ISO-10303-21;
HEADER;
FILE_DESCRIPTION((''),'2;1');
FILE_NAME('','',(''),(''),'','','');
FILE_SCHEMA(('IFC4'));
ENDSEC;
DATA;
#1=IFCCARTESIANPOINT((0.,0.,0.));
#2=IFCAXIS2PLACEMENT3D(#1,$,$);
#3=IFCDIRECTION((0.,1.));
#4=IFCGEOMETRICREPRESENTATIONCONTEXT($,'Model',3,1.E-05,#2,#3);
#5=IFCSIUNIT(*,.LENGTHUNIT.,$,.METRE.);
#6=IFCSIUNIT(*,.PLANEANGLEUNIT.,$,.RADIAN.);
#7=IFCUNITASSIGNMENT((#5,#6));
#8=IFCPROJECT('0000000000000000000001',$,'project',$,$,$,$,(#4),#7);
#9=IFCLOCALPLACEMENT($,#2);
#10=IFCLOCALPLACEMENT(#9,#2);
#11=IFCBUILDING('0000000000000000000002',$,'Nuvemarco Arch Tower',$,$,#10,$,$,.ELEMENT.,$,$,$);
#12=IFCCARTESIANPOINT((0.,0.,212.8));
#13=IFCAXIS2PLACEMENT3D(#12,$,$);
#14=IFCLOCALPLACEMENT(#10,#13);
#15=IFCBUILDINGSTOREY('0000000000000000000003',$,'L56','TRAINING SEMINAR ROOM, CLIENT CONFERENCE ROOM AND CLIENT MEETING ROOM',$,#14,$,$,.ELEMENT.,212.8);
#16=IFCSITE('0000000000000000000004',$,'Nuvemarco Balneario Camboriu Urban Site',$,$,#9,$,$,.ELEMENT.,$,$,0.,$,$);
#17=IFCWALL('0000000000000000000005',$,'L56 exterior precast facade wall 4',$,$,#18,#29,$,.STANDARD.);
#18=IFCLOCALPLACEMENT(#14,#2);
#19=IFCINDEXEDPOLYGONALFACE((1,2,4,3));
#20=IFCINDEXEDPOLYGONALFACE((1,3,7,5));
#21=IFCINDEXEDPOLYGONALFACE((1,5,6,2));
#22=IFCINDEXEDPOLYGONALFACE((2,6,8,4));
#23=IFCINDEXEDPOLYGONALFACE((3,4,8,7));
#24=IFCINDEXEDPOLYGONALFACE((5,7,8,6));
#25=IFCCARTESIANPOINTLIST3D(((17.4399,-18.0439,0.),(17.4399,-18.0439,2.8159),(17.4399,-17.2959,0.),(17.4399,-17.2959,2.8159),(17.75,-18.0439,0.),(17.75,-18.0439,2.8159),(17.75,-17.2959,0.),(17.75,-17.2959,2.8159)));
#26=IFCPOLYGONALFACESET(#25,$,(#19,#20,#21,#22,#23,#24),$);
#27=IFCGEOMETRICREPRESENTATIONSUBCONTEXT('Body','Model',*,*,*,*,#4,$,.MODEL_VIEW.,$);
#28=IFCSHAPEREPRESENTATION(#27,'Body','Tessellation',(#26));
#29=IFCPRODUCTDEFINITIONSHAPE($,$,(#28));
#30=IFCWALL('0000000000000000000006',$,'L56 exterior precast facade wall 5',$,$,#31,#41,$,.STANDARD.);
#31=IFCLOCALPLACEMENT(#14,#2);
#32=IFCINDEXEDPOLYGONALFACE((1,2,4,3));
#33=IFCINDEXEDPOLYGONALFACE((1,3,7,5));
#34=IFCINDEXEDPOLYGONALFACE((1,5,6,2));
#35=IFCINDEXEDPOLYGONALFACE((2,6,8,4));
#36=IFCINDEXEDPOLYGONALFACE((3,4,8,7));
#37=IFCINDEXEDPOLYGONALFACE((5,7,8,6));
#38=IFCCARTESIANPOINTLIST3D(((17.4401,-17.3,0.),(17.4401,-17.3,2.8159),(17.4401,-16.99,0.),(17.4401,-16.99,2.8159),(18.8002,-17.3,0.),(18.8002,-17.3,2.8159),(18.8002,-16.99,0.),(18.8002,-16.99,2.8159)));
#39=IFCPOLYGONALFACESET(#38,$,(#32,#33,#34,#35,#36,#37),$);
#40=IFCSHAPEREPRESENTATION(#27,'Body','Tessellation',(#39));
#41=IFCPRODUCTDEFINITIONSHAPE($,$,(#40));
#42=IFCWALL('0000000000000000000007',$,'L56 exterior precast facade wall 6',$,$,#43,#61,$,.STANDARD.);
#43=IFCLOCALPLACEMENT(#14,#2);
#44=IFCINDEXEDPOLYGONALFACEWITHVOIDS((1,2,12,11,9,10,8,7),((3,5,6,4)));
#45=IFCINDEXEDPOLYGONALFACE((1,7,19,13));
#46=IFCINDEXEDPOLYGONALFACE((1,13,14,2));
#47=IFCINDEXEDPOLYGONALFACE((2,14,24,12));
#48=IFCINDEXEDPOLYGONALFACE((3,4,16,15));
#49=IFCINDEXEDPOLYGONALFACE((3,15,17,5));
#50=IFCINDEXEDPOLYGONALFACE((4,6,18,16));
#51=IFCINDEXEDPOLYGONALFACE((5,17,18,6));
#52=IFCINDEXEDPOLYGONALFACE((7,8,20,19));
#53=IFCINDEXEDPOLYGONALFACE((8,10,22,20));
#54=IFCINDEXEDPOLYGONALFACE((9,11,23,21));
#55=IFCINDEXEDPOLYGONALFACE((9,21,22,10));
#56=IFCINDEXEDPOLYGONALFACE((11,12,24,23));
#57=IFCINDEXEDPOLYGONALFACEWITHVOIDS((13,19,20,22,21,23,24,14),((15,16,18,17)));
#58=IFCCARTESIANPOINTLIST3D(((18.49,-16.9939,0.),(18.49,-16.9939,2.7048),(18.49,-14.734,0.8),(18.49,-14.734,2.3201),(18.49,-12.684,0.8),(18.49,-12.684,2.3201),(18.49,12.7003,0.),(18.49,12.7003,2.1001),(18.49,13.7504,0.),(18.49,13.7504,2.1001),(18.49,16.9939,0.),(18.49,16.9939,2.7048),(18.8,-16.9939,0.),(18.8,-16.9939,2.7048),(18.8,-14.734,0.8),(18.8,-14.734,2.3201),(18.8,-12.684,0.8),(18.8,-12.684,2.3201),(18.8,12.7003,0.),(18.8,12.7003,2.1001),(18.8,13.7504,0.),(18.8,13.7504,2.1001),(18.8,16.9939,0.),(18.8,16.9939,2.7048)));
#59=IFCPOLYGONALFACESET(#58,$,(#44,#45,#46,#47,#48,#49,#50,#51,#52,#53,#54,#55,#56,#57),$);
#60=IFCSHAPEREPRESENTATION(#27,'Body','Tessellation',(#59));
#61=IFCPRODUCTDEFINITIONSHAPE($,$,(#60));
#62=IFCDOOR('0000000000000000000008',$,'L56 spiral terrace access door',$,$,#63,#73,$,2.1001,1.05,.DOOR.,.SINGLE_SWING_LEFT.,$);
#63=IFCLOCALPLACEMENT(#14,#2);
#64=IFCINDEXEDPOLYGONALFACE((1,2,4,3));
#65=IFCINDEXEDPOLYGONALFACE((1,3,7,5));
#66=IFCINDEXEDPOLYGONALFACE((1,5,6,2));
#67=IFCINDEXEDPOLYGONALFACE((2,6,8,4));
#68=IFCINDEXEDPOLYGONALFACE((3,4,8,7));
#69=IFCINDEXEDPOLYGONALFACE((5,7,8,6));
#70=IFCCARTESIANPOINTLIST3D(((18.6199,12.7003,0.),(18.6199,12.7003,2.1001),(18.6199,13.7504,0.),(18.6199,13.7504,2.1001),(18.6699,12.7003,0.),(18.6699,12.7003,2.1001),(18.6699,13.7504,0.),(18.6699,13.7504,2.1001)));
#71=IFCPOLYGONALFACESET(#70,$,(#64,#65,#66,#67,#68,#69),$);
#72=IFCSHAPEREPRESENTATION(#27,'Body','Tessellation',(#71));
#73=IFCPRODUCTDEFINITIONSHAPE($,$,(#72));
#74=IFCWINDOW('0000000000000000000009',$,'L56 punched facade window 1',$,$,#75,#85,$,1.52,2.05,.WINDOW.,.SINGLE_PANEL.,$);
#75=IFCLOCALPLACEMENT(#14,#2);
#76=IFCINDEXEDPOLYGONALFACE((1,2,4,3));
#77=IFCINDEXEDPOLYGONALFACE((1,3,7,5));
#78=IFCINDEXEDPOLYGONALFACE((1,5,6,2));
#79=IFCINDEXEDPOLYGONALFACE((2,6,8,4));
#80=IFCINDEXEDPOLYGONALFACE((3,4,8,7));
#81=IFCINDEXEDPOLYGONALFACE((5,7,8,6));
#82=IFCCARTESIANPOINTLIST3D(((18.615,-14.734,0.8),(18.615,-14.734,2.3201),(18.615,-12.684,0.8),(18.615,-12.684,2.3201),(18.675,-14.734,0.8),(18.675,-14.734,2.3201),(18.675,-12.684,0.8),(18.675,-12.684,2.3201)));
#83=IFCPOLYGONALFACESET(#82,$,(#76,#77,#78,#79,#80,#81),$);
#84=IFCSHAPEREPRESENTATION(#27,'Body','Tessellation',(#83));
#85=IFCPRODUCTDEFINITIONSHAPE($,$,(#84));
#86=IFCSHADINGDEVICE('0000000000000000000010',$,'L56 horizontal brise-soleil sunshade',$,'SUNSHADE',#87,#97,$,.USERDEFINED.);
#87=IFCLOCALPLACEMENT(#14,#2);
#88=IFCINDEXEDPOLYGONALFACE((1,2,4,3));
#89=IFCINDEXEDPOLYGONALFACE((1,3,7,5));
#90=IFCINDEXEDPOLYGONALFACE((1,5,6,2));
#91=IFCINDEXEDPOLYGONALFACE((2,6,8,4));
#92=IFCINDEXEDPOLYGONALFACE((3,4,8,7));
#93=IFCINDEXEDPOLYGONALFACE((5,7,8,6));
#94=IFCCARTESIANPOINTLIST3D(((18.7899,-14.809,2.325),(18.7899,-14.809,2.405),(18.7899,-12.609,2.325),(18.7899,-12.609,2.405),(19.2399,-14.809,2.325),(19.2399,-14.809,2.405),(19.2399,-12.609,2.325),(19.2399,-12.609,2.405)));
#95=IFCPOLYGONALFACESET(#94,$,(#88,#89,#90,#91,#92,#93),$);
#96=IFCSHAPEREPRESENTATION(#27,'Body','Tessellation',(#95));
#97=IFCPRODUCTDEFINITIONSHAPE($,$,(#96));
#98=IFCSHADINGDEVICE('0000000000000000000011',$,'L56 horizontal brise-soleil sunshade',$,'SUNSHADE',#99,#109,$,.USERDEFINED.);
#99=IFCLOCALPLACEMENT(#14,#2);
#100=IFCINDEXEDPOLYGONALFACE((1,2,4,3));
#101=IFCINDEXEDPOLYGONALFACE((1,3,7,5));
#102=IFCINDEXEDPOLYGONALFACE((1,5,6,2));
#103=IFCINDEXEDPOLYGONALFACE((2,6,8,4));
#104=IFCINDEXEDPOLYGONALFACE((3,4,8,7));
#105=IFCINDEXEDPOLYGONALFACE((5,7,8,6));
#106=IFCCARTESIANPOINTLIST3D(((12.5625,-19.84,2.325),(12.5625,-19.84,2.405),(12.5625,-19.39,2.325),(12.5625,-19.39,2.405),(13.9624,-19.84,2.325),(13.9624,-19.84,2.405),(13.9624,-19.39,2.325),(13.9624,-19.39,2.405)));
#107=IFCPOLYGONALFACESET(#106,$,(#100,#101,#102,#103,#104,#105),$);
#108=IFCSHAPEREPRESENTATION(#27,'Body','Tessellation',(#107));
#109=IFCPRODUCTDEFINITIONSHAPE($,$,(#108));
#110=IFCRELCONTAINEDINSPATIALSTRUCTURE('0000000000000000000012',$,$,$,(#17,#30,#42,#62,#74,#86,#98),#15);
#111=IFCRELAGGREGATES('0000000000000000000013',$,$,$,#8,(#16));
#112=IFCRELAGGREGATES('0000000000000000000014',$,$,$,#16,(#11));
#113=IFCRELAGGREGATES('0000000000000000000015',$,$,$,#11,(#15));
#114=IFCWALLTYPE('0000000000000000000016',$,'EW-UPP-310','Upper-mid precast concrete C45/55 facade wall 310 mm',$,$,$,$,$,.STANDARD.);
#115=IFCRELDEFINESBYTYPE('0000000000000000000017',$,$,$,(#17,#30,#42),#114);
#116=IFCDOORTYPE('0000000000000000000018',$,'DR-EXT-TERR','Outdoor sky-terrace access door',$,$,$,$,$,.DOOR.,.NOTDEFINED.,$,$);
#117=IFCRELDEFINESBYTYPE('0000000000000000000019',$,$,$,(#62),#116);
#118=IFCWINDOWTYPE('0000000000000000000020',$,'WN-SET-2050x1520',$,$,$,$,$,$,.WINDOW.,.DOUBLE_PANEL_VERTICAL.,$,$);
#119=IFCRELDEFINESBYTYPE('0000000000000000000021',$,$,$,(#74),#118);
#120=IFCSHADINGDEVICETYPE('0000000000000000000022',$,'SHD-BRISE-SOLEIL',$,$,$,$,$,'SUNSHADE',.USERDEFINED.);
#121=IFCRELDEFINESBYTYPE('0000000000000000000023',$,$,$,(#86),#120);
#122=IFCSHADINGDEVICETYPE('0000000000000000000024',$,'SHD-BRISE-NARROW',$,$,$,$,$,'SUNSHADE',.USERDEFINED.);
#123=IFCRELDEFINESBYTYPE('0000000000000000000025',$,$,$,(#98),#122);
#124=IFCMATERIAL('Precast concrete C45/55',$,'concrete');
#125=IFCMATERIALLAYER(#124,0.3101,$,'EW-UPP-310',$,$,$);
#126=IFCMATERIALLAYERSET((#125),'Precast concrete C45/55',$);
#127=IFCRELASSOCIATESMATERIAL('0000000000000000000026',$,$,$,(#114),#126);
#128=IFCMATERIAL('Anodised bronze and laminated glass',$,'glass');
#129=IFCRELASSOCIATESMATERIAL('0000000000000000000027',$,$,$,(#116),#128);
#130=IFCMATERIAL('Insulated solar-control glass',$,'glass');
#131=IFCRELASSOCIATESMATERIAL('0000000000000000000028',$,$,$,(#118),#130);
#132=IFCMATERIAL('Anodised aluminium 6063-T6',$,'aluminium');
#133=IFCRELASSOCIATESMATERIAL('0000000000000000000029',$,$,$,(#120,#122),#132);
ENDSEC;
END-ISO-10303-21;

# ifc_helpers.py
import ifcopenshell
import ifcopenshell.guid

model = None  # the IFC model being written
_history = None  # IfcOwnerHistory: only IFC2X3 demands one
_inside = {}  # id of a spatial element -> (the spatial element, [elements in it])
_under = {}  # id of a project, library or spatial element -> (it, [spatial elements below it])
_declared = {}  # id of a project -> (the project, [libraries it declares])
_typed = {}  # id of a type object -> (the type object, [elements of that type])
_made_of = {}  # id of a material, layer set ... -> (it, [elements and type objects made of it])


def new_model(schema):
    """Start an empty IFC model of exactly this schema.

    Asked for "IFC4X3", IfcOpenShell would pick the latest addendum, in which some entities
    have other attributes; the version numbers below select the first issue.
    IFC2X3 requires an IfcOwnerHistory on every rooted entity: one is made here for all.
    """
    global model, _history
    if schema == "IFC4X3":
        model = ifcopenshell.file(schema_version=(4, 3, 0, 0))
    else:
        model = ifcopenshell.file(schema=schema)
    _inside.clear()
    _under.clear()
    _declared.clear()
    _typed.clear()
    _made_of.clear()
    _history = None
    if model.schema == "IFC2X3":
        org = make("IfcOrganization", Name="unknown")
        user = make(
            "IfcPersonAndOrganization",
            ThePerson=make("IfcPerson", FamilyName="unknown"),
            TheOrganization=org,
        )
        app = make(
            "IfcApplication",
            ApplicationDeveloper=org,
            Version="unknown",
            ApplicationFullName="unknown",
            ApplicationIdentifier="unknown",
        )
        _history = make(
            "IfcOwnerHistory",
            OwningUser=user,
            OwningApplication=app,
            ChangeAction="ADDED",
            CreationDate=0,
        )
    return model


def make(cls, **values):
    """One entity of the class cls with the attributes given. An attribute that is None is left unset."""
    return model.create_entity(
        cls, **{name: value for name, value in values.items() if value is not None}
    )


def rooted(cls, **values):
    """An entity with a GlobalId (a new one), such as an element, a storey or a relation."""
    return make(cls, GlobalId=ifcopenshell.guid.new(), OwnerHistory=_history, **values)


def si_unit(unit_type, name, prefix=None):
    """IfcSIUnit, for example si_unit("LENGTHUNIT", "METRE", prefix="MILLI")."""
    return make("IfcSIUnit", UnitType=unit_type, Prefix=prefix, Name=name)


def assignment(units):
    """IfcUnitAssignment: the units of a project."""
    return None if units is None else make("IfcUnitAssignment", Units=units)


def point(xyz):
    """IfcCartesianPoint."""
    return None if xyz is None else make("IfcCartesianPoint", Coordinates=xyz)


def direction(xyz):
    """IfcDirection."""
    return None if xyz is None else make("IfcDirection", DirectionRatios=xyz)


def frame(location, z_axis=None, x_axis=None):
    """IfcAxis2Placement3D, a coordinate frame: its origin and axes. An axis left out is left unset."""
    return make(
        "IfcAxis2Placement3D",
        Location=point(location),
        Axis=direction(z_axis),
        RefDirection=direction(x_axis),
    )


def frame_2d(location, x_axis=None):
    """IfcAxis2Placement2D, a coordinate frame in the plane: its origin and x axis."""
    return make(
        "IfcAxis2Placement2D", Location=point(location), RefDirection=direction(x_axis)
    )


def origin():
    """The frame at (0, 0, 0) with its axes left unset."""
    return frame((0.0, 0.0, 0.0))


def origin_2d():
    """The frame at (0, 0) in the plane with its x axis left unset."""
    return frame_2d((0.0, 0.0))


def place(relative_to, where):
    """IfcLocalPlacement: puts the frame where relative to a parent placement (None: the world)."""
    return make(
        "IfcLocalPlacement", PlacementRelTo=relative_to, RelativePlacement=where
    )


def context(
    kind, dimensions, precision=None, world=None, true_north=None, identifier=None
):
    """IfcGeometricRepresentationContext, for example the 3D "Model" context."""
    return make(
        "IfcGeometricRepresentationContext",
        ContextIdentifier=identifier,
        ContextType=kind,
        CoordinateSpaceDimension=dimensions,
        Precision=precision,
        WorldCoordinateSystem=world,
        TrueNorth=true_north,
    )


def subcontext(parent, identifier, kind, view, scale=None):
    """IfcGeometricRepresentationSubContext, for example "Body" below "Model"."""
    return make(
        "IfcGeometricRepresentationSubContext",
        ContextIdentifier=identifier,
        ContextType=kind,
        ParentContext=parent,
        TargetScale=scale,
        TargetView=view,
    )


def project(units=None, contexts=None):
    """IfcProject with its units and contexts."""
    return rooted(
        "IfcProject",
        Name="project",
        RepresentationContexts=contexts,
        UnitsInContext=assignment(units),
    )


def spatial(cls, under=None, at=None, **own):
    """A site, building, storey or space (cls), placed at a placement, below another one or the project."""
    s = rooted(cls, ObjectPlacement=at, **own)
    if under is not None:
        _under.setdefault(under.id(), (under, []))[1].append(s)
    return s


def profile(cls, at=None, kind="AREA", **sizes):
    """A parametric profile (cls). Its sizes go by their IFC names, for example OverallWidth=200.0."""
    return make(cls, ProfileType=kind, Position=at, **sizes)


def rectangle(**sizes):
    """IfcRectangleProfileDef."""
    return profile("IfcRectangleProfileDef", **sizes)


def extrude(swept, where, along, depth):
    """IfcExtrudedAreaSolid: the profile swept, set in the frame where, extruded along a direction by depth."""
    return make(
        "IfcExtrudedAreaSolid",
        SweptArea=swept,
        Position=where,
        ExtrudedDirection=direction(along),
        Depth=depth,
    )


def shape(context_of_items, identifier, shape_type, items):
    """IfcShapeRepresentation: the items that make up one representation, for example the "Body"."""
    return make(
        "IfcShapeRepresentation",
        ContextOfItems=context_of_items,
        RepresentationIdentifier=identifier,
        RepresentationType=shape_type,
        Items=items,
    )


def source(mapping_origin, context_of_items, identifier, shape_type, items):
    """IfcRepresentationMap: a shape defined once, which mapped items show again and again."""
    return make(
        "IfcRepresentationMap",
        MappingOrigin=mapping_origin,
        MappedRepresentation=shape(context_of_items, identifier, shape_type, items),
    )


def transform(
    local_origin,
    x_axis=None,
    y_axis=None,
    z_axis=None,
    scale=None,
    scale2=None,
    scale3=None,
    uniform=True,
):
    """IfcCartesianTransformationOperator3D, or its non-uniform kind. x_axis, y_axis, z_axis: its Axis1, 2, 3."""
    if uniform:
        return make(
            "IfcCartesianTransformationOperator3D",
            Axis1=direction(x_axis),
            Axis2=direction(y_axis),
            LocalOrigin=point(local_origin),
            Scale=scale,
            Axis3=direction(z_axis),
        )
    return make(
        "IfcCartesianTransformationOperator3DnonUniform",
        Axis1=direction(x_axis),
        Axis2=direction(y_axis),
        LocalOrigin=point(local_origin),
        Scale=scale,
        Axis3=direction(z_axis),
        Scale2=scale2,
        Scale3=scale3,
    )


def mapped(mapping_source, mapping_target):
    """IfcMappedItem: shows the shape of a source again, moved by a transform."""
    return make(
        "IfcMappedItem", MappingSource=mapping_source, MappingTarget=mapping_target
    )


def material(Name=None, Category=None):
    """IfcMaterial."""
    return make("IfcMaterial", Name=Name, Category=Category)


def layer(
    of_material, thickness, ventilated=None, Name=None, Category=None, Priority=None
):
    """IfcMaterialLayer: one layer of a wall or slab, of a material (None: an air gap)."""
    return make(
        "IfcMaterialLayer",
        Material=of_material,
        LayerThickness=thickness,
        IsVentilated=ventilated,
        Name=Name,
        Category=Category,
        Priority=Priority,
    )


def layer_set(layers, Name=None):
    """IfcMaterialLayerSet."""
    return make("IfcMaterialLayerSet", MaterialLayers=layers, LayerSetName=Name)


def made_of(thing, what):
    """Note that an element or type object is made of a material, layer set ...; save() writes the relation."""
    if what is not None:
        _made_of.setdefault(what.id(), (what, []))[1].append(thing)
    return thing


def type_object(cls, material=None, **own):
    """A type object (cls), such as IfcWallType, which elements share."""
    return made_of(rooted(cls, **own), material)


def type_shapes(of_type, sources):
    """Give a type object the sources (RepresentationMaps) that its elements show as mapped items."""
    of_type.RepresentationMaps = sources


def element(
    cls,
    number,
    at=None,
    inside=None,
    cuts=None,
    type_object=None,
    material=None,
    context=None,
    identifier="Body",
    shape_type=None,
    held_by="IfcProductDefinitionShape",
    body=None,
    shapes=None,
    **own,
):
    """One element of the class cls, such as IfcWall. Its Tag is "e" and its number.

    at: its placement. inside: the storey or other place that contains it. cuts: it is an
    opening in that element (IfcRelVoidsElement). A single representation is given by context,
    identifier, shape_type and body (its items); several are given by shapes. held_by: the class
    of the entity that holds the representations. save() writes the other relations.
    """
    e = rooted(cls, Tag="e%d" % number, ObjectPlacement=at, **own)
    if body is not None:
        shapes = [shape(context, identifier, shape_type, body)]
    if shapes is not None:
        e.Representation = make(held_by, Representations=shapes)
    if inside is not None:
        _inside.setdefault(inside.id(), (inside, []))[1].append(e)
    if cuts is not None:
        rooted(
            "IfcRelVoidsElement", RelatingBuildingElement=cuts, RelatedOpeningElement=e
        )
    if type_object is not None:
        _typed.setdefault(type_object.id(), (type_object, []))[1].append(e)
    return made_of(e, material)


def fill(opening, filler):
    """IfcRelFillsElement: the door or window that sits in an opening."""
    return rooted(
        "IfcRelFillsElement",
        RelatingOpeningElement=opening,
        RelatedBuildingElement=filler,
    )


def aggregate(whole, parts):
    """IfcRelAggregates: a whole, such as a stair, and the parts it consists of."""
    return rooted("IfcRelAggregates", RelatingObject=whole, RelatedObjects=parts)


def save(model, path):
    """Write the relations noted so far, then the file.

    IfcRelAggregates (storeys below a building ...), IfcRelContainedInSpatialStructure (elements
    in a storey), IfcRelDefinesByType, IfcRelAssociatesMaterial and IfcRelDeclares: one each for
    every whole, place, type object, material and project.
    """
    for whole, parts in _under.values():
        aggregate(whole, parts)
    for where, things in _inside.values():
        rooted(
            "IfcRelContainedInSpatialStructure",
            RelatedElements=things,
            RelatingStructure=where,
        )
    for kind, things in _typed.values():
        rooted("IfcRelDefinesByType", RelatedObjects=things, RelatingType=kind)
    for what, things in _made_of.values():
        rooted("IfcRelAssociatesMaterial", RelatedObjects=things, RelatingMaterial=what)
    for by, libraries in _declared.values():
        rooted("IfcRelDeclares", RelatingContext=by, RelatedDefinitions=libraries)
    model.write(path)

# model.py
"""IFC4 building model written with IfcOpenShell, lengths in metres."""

from ifc_helpers import new_model, si_unit, direction, frame, frame_2d, origin, origin_2d, place, context, subcontext, project, spatial, rectangle, extrude, source, transform, mapped, material, layer, layer_set, type_object, type_shapes, element, fill, save


model = new_model("IFC4")

# Units and contexts
model_context = context("Model", 3, precision=1e-05, world=origin(), true_north=direction((0.0, 1.0)))
body_context = subcontext(model_context, "Body", "Model", "MODEL_VIEW")
ifc_project = project(units=[si_unit("LENGTHUNIT", "METRE"), si_unit("PLANEANGLEUNIT", "RADIAN")], contexts=[model_context])

# Site, building, storey
site_placement = place(None, origin())
site = spatial("IfcSite", under=ifc_project, at=site_placement, Name="Nuvemarco Balneario Camboriu Urban Site", CompositionType="ELEMENT", RefElevation=0.0)
building_placement = place(site_placement, origin())
building = spatial("IfcBuilding", under=site, at=building_placement, Name="Nuvemarco Arch Tower", CompositionType="ELEMENT")
storey_placement = place(building_placement, frame((0.0, 0.0, 212.8)))
storey = spatial("IfcBuildingStorey", under=building, at=storey_placement, Name="L56", Description="TRAINING SEMINAR ROOM, CLIENT CONFERENCE ROOM AND CLIENT MEETING ROOM", CompositionType="ELEMENT", Elevation=212.8)

# Shared definitions
ifc_material_1 = material(Name="Precast concrete C45/55", Category="concrete")

# Walls
ifc_layer = layer(ifc_material_1, 0.3101, Name="EW-UPP-310")
ifc_layer_set = layer_set([ifc_layer], Name="Precast concrete C45/55")
wall_type = type_object("IfcWallType", Name="EW-UPP-310", Description="Upper-mid precast concrete C45/55 facade wall 310 mm", PredefinedType="STANDARD", material=ifc_layer_set)
wall_1_placement = place(storey_placement, frame((17.595, -18.0439, 0.0), z_axis=(0.0, 0.0, 1.0), x_axis=(0.0, 1.0, 0.0)))
element("IfcWall", 1, at=wall_1_placement, inside=storey, type_object=wall_type, Name="L56 exterior precast facade wall 4", PredefinedType="STANDARD", context=body_context, shape_type="SweptSolid", body=[
    extrude(rectangle(XDim=0.748, YDim=0.3101, at=frame_2d((0.374, 0.0))), origin(), (0.0, 0.0, 1.0), 2.8159),
])
wall_2_placement = place(storey_placement, frame((17.4399, -17.145, 0.0), z_axis=(0.0, 0.0, 1.0), x_axis=(1.0, 0.0, 0.0)))
element("IfcWall", 2, at=wall_2_placement, inside=storey, type_object=wall_type, Name="L56 exterior precast facade wall 5", PredefinedType="STANDARD", context=body_context, shape_type="SweptSolid", body=[
    extrude(rectangle(XDim=1.3601, YDim=0.3101, at=frame_2d((0.6802, 0.0))), origin(), (0.0, 0.0, 1.0), 2.8159),
])

# Wall, openings, door, window
wall_3_placement = place(storey_placement, frame((18.645, -16.9939, 0.0), z_axis=(0.0, 0.0, 1.0), x_axis=(0.0, 1.0, 0.0)))
wall_3 = element("IfcWall", 3, at=wall_3_placement, inside=storey, type_object=wall_type, Name="L56 exterior precast facade wall 6", PredefinedType="STANDARD", context=body_context, shape_type="SweptSolid", body=[
    extrude(rectangle(XDim=33.9878, YDim=0.3101, at=frame_2d((16.9939, 0.0))), origin(), (0.0, 0.0, 1.0), 2.7048),
])
opening_1_placement = place(wall_3_placement, frame((30.7441, 0.0, 0.0), z_axis=(0.0, 0.0, 1.0), x_axis=(-1.0, 0.0, 0.0)))
opening_1 = element("IfcOpeningElement", 4, at=opening_1_placement, cuts=wall_3, PredefinedType="OPENING", context=body_context, shape_type="SweptSolid", body=[
    extrude(rectangle(XDim=1.05, YDim=2.1001, at=frame_2d((0.5249, 1.05))), frame((0.0, 0.165, 0.0), z_axis=(0.0, -1.0, 0.0), x_axis=(1.0, 0.0, 0.0)), (0.0, 0.0, 1.0), 0.3301),
])
opening_2_placement = place(wall_3_placement, frame((2.26, 0.0, 0.8)))
opening_2 = element("IfcOpeningElement", 5, at=opening_2_placement, cuts=wall_3, PredefinedType="OPENING", context=body_context, shape_type="SweptSolid", body=[
    extrude(rectangle(XDim=2.05, YDim=1.52, at=frame_2d((1.0249, 0.76))), frame((0.0, 0.165, 0.0), z_axis=(0.0, -1.0, 0.0), x_axis=(1.0, 0.0, 0.0)), (0.0, 0.0, 1.0), 0.3301),
])
ifc_material_2 = material(Name="Anodised bronze and laminated glass", Category="glass")
door_type = type_object("IfcDoorType", Name="DR-EXT-TERR", Description="Outdoor sky-terrace access door", OperationType="NOTDEFINED", PredefinedType="DOOR", material=ifc_material_2)
shared_shape_1 = source(origin(), body_context, "Body", "SweptSolid", [
    extrude(rectangle(XDim=1.05, YDim=2.1001, at=frame_2d((0.5249, 1.05))), frame((0.0, 0.0249, 0.0), z_axis=(0.0, -1.0, 0.0), x_axis=(1.0, 0.0, 0.0)), (0.0, 0.0, 1.0), 0.05),
])
type_shapes(door_type, [shared_shape_1])
door_placement = place(opening_1_placement, origin())
door = element("IfcDoor", 6, at=door_placement, inside=storey, type_object=door_type, Name="L56 spiral terrace access door", OperationType="SINGLE_SWING_LEFT", OverallHeight=2.1001, OverallWidth=1.05, PredefinedType="DOOR", context=body_context, shape_type="MappedRepresentation", body=[
    mapped(shared_shape_1, transform((0.0, 0.0, 0.0), scale=1.0)),
])
fill(opening_1, door)
ifc_material_3 = material(Name="Insulated solar-control glass", Category="glass")
window_type = type_object("IfcWindowType", Name="WN-SET-2050x1520", PartitioningType="DOUBLE_PANEL_VERTICAL", PredefinedType="WINDOW", material=ifc_material_3)
shared_shape_2 = source(origin(), body_context, "Body", "SweptSolid", [
    extrude(rectangle(XDim=2.05, YDim=1.52, at=frame_2d((1.0249, 0.76))), frame((0.0, 0.03, 0.0), z_axis=(0.0, -1.0, 0.0), x_axis=(1.0, 0.0, 0.0)), (0.0, 0.0, 1.0), 0.0601),
])
type_shapes(window_type, [shared_shape_2])
window_placement = place(opening_2_placement, origin())
window = element("IfcWindow", 7, at=window_placement, inside=storey, type_object=window_type, Name="L56 punched facade window 1", OverallHeight=1.52, OverallWidth=2.05, PartitioningType="SINGLE_PANEL", PredefinedType="WINDOW", context=body_context, shape_type="MappedRepresentation", body=[
    mapped(shared_shape_2, transform((0.0, 0.0, 0.0), scale=1.0)),
])
fill(opening_2, window)

# Shading devices
ifc_material_4 = material(Name="Anodised aluminium 6063-T6", Category="aluminium")
shading_device_type_1 = type_object("IfcShadingDeviceType", Name="SHD-BRISE-SOLEIL", ElementType="SUNSHADE", PredefinedType="USERDEFINED", material=ifc_material_4)
shared_shape_3 = source(origin(), body_context, "Body", "SweptSolid", [
    extrude(rectangle(XDim=2.2, YDim=0.45, at=origin_2d()), origin(), (0.0, 0.0, 1.0), 0.0801),
])
type_shapes(shading_device_type_1, [shared_shape_3])
shading_device_1_placement = place(storey_placement, frame((19.0149, -13.709, 2.325), z_axis=(0.0, 0.0, 1.0), x_axis=(0.0, 1.0, 0.0)))
element("IfcShadingDevice", 8, at=shading_device_1_placement, inside=storey, type_object=shading_device_type_1, Name="L56 horizontal brise-soleil sunshade", ObjectType="SUNSHADE", PredefinedType="USERDEFINED", context=body_context, shape_type="MappedRepresentation", body=[
    mapped(shared_shape_3, transform((0.0, 0.0, 0.0), scale=1.0)),
])
shading_device_type_2 = type_object("IfcShadingDeviceType", Name="SHD-BRISE-NARROW", ElementType="SUNSHADE", PredefinedType="USERDEFINED", material=ifc_material_4)
shared_shape_4 = source(origin(), body_context, "Body", "SweptSolid", [
    extrude(rectangle(XDim=1.3999, YDim=0.45, at=origin_2d()), origin(), (0.0, 0.0, 1.0), 0.0801),
])
type_shapes(shading_device_type_2, [shared_shape_4])
shading_device_2_placement = place(storey_placement, frame((13.2625, -19.615, 2.325), z_axis=(0.0, 0.0, 1.0), x_axis=(1.0, 0.0, 0.0)))
element("IfcShadingDevice", 9, at=shading_device_2_placement, inside=storey, type_object=shading_device_type_2, Name="L56 horizontal brise-soleil sunshade", ObjectType="SUNSHADE", PredefinedType="USERDEFINED", context=body_context, shape_type="MappedRepresentation", body=[
    mapped(shared_shape_4, transform((0.0, 0.0, 0.0), scale=1.0)),
])

save(model, "model.ifc")
